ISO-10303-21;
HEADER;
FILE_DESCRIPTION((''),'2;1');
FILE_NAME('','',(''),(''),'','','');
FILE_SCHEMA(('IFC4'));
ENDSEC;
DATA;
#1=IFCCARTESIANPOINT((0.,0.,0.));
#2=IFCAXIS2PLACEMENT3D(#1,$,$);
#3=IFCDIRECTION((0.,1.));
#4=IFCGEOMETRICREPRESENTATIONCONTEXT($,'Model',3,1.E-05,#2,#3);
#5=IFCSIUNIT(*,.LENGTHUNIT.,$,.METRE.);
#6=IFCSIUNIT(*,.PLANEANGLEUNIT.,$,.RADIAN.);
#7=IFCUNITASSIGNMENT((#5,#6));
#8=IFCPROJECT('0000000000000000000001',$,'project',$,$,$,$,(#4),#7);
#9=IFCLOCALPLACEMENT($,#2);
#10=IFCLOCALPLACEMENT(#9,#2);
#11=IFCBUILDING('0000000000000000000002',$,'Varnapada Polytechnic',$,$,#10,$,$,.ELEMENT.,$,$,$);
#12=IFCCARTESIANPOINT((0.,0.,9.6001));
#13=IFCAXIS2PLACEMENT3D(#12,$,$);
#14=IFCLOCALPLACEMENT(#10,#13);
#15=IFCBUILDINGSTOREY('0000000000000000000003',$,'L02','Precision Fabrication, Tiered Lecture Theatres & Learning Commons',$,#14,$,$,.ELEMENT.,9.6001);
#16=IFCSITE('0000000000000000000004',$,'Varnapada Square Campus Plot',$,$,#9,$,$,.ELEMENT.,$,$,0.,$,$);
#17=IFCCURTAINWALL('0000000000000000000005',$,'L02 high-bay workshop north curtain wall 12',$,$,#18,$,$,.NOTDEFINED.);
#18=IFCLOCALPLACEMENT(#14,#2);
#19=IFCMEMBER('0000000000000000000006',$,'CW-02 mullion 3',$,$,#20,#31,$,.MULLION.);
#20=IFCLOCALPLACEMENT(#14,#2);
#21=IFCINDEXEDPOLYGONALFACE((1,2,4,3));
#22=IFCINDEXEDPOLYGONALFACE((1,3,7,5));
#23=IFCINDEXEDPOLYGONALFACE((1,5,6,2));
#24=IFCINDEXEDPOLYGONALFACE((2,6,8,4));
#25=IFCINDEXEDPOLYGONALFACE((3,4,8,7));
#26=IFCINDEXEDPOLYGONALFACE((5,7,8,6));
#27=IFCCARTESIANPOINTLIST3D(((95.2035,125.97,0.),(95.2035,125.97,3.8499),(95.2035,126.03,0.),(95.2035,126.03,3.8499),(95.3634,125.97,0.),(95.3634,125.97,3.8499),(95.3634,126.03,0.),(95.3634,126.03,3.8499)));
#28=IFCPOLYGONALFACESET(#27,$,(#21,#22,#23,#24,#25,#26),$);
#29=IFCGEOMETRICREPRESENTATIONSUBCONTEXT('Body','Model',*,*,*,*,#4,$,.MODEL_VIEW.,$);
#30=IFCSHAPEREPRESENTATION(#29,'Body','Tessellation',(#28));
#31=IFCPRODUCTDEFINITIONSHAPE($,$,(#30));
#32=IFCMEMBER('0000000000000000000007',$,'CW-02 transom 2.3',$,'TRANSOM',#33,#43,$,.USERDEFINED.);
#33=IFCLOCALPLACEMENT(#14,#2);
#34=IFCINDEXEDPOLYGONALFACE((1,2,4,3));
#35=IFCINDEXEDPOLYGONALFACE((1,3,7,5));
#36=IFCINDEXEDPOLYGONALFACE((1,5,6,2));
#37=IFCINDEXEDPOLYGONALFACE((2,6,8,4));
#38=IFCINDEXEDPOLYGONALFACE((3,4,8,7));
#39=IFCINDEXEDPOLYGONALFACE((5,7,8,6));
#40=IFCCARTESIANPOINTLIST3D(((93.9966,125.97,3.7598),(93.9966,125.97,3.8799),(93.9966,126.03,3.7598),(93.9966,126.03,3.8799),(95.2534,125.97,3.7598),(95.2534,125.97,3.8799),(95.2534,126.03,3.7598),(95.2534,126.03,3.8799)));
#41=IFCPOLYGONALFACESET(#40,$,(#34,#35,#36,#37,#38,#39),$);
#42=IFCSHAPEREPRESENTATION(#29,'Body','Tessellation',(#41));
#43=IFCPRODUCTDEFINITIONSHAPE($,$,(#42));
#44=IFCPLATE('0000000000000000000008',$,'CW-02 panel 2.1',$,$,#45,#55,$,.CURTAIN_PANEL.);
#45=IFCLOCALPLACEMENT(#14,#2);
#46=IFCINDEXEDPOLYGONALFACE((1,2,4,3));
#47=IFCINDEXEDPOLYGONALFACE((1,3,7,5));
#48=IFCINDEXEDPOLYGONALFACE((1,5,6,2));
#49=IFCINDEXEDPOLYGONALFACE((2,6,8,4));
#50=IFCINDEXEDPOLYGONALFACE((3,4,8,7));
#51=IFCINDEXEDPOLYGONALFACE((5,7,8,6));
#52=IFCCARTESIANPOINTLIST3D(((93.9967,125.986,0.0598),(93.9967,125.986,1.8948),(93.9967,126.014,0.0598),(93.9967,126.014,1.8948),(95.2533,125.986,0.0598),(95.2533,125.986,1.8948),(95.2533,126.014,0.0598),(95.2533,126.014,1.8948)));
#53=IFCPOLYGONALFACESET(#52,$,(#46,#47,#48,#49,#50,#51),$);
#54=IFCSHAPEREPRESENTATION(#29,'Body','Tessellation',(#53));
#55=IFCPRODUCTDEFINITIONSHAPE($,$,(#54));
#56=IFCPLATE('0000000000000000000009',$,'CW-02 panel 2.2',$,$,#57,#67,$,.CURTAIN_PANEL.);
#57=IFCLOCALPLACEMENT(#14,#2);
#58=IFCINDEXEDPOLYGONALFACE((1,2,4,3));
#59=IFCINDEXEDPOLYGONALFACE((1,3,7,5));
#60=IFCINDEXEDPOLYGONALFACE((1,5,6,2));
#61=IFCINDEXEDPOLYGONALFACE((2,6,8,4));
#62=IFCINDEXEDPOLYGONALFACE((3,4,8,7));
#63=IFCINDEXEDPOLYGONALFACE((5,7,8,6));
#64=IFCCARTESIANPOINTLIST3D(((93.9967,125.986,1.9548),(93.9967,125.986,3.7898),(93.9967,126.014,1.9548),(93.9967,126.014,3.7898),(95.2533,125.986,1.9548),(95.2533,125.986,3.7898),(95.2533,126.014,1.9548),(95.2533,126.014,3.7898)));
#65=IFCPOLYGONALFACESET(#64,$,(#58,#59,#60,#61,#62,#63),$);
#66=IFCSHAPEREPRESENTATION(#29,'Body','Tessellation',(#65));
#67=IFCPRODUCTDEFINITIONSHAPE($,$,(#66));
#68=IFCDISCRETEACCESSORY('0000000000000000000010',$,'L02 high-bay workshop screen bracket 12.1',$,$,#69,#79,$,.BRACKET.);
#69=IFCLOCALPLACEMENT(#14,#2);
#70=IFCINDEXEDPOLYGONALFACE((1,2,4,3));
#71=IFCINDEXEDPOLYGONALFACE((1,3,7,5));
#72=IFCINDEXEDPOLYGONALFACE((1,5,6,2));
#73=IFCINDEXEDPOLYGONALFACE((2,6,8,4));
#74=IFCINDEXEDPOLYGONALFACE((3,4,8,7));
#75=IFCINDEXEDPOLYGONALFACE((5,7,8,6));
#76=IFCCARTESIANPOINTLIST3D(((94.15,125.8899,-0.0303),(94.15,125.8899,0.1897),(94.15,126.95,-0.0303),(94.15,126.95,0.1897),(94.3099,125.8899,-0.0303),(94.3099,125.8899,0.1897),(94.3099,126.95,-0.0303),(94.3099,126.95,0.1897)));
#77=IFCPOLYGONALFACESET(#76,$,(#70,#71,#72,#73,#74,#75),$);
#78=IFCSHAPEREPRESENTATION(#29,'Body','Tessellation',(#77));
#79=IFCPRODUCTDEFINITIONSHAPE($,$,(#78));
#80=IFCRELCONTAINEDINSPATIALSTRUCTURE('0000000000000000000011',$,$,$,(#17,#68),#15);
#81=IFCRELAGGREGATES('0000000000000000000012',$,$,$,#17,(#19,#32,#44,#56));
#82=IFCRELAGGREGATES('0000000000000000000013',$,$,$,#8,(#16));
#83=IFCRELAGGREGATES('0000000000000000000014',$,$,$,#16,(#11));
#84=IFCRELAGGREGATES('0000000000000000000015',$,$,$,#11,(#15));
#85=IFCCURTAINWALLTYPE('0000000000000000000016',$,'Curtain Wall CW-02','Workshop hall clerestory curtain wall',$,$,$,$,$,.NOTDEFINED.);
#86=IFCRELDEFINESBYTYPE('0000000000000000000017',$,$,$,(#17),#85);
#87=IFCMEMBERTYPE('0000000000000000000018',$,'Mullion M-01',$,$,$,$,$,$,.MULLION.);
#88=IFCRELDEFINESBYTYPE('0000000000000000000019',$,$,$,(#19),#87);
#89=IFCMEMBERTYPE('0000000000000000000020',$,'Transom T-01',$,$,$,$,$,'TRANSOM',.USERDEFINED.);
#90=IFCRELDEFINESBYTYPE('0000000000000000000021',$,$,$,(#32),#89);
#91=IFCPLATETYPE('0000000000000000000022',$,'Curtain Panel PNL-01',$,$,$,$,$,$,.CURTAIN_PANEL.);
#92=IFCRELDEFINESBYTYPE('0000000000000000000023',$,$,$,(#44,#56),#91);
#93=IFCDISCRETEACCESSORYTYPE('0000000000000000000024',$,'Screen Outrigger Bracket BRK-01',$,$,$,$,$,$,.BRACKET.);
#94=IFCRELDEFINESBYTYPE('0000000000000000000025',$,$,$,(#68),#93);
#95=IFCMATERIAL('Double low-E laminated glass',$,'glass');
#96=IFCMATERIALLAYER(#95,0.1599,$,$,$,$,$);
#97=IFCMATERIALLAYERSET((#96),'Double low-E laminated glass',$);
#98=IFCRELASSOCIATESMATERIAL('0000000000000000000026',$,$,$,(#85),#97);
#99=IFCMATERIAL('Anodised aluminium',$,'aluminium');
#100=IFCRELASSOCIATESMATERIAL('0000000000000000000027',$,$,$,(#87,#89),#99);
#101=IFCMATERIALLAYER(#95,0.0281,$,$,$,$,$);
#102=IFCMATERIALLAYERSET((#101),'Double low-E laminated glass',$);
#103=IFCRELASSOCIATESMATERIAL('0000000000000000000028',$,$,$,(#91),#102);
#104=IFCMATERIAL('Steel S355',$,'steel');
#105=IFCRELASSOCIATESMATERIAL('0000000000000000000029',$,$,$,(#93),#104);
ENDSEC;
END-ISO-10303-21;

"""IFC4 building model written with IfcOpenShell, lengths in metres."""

from ifc_helpers import new_model, si_unit, direction, frame, origin, origin_2d, place, context, subcontext, project, spatial, rectangle, extrude, material, layer, layer_set, material_profile, profile_set, type_object, element, aggregate, save


model = new_model("IFC4")

# Units and contexts
model_context = context("Model", 3, precision=1e-05, world=origin(), true_north=direction((0.0, 1.0)))
body_context = subcontext(model_context, "Body", "Model", "MODEL_VIEW")
ifc_project = project(units=[si_unit("LENGTHUNIT", "METRE"), si_unit("PLANEANGLEUNIT", "RADIAN")], contexts=[model_context])

# Site, building, storey
site_placement = place(None, origin())
site = spatial("IfcSite", under=ifc_project, at=site_placement, Name="Varnapada Square Campus Plot", CompositionType="ELEMENT", RefElevation=0.0)
building_placement = place(site_placement, origin())
building = spatial("IfcBuilding", under=site, at=building_placement, Name="Varnapada Polytechnic", CompositionType="ELEMENT")
storey_placement = place(building_placement, frame((0.0, 0.0, 9.6001)))
storey = spatial("IfcBuildingStorey", under=building, at=storey_placement, Name="L02", Description="Precision Fabrication, Tiered Lecture Theatres & Learning Commons", CompositionType="ELEMENT", Elevation=9.6001)

# Curtain wall, members, plates
ifc_material_1 = material(Name="Double low-E laminated glass", Category="glass")
ifc_layer_1 = layer(ifc_material_1, 0.1599)
ifc_layer_set_1 = layer_set([ifc_layer_1], Name="Double low-E laminated glass")
curtain_wall_type = type_object("IfcCurtainWallType", Name="Curtain Wall CW-02", Description="Workshop hall clerestory curtain wall", PredefinedType="NOTDEFINED", material=ifc_layer_set_1)
curtain_wall_placement = place(storey_placement, origin())
curtain_wall = element("IfcCurtainWall", 1, at=curtain_wall_placement, inside=storey, type_object=curtain_wall_type, Name="L02 high-bay workshop north curtain wall 12", PredefinedType="NOTDEFINED")
ifc_material_2 = material(Name="Anodised aluminium", Category="aluminium")
ifc_material_profile_1 = material_profile(ifc_material_2, rectangle(XDim=0.0601, YDim=0.1599, at=origin_2d()), Name="ALU M60x160")
ifc_profile_set_1 = profile_set([ifc_material_profile_1], Name="Anodised aluminium")
member_type_1 = type_object("IfcMemberType", Name="Mullion M-01", PredefinedType="MULLION", material=ifc_profile_set_1)
member_1_placement = place(storey_placement, frame((95.2834, 126.0, 0.0), z_axis=(0.0, 0.0, 1.0), x_axis=(0.0, 1.0, 0.0)))
member_1 = element("IfcMember", 2, at=member_1_placement, type_object=member_type_1, Name="CW-02 mullion 3", PredefinedType="MULLION", context=body_context, shape_type="SweptSolid", body=[
    extrude(rectangle(XDim=0.0601, YDim=0.1599, at=origin_2d()), origin(), (0.0, 0.0, 1.0), 3.8499),
])
ifc_material_profile_2 = material_profile(ifc_material_2, rectangle(XDim=0.0601, YDim=0.1201, at=origin_2d()), Name="ALU T60x120")
ifc_profile_set_2 = profile_set([ifc_material_profile_2], Name="Anodised aluminium")
member_type_2 = type_object("IfcMemberType", Name="Transom T-01", ElementType="TRANSOM", PredefinedType="USERDEFINED", material=ifc_profile_set_2)
member_2_placement = place(storey_placement, frame((93.9966, 126.0, 3.8198), z_axis=(1.0, 0.0, 0.0), x_axis=(0.0, 1.0, 0.0)))
member_2 = element("IfcMember", 3, at=member_2_placement, type_object=member_type_2, Name="CW-02 transom 2.3", ObjectType="TRANSOM", PredefinedType="USERDEFINED", context=body_context, shape_type="SweptSolid", body=[
    extrude(rectangle(XDim=0.0601, YDim=0.1201, at=origin_2d()), origin(), (0.0, 0.0, 1.0), 1.2568),
])
ifc_layer_2 = layer(ifc_material_1, 0.0281)
ifc_layer_set_2 = layer_set([ifc_layer_2], Name="Double low-E laminated glass")
plate_type = type_object("IfcPlateType", Name="Curtain Panel PNL-01", PredefinedType="CURTAIN_PANEL", material=ifc_layer_set_2)
plate_1_placement = place(storey_placement, frame((94.625, 126.0, 0.0598), z_axis=(0.0, 0.0, 1.0), x_axis=(1.0, 0.0, 0.0)))
plate_1 = element("IfcPlate", 4, at=plate_1_placement, type_object=plate_type, Name="CW-02 panel 2.1", PredefinedType="CURTAIN_PANEL", context=body_context, shape_type="SweptSolid", body=[
    extrude(rectangle(XDim=1.2566, YDim=0.0281, at=origin_2d()), origin(), (0.0, 0.0, 1.0), 1.835),
])
plate_2_placement = place(storey_placement, frame((94.625, 126.0, 1.9548), z_axis=(0.0, 0.0, 1.0), x_axis=(1.0, 0.0, 0.0)))
plate_2 = element("IfcPlate", 5, at=plate_2_placement, type_object=plate_type, Name="CW-02 panel 2.2", PredefinedType="CURTAIN_PANEL", context=body_context, shape_type="SweptSolid", body=[
    extrude(rectangle(XDim=1.2566, YDim=0.0281, at=origin_2d()), origin(), (0.0, 0.0, 1.0), 1.835),
])
aggregate(curtain_wall, [member_1, member_2, plate_1, plate_2])

# Discrete accessory
ifc_material_3 = material(Name="Steel S355", Category="steel")
discrete_accessory_type = type_object("IfcDiscreteAccessoryType", Name="Screen Outrigger Bracket BRK-01", PredefinedType="BRACKET", material=ifc_material_3)
discrete_accessory_placement = place(storey_placement, frame((94.23, 126.4199, -0.0303), z_axis=(0.0, 0.0, 1.0), x_axis=(1.0, 0.0, 0.0)))
element("IfcDiscreteAccessory", 6, at=discrete_accessory_placement, inside=storey, type_object=discrete_accessory_type, Name="L02 high-bay workshop screen bracket 12.1", PredefinedType="BRACKET", context=body_context, shape_type="SweptSolid", body=[
    extrude(rectangle(XDim=0.1599, YDim=1.0601, at=origin_2d()), origin(), (0.0, 0.0, 1.0), 0.22),
])

save(model, "model.ifc")
